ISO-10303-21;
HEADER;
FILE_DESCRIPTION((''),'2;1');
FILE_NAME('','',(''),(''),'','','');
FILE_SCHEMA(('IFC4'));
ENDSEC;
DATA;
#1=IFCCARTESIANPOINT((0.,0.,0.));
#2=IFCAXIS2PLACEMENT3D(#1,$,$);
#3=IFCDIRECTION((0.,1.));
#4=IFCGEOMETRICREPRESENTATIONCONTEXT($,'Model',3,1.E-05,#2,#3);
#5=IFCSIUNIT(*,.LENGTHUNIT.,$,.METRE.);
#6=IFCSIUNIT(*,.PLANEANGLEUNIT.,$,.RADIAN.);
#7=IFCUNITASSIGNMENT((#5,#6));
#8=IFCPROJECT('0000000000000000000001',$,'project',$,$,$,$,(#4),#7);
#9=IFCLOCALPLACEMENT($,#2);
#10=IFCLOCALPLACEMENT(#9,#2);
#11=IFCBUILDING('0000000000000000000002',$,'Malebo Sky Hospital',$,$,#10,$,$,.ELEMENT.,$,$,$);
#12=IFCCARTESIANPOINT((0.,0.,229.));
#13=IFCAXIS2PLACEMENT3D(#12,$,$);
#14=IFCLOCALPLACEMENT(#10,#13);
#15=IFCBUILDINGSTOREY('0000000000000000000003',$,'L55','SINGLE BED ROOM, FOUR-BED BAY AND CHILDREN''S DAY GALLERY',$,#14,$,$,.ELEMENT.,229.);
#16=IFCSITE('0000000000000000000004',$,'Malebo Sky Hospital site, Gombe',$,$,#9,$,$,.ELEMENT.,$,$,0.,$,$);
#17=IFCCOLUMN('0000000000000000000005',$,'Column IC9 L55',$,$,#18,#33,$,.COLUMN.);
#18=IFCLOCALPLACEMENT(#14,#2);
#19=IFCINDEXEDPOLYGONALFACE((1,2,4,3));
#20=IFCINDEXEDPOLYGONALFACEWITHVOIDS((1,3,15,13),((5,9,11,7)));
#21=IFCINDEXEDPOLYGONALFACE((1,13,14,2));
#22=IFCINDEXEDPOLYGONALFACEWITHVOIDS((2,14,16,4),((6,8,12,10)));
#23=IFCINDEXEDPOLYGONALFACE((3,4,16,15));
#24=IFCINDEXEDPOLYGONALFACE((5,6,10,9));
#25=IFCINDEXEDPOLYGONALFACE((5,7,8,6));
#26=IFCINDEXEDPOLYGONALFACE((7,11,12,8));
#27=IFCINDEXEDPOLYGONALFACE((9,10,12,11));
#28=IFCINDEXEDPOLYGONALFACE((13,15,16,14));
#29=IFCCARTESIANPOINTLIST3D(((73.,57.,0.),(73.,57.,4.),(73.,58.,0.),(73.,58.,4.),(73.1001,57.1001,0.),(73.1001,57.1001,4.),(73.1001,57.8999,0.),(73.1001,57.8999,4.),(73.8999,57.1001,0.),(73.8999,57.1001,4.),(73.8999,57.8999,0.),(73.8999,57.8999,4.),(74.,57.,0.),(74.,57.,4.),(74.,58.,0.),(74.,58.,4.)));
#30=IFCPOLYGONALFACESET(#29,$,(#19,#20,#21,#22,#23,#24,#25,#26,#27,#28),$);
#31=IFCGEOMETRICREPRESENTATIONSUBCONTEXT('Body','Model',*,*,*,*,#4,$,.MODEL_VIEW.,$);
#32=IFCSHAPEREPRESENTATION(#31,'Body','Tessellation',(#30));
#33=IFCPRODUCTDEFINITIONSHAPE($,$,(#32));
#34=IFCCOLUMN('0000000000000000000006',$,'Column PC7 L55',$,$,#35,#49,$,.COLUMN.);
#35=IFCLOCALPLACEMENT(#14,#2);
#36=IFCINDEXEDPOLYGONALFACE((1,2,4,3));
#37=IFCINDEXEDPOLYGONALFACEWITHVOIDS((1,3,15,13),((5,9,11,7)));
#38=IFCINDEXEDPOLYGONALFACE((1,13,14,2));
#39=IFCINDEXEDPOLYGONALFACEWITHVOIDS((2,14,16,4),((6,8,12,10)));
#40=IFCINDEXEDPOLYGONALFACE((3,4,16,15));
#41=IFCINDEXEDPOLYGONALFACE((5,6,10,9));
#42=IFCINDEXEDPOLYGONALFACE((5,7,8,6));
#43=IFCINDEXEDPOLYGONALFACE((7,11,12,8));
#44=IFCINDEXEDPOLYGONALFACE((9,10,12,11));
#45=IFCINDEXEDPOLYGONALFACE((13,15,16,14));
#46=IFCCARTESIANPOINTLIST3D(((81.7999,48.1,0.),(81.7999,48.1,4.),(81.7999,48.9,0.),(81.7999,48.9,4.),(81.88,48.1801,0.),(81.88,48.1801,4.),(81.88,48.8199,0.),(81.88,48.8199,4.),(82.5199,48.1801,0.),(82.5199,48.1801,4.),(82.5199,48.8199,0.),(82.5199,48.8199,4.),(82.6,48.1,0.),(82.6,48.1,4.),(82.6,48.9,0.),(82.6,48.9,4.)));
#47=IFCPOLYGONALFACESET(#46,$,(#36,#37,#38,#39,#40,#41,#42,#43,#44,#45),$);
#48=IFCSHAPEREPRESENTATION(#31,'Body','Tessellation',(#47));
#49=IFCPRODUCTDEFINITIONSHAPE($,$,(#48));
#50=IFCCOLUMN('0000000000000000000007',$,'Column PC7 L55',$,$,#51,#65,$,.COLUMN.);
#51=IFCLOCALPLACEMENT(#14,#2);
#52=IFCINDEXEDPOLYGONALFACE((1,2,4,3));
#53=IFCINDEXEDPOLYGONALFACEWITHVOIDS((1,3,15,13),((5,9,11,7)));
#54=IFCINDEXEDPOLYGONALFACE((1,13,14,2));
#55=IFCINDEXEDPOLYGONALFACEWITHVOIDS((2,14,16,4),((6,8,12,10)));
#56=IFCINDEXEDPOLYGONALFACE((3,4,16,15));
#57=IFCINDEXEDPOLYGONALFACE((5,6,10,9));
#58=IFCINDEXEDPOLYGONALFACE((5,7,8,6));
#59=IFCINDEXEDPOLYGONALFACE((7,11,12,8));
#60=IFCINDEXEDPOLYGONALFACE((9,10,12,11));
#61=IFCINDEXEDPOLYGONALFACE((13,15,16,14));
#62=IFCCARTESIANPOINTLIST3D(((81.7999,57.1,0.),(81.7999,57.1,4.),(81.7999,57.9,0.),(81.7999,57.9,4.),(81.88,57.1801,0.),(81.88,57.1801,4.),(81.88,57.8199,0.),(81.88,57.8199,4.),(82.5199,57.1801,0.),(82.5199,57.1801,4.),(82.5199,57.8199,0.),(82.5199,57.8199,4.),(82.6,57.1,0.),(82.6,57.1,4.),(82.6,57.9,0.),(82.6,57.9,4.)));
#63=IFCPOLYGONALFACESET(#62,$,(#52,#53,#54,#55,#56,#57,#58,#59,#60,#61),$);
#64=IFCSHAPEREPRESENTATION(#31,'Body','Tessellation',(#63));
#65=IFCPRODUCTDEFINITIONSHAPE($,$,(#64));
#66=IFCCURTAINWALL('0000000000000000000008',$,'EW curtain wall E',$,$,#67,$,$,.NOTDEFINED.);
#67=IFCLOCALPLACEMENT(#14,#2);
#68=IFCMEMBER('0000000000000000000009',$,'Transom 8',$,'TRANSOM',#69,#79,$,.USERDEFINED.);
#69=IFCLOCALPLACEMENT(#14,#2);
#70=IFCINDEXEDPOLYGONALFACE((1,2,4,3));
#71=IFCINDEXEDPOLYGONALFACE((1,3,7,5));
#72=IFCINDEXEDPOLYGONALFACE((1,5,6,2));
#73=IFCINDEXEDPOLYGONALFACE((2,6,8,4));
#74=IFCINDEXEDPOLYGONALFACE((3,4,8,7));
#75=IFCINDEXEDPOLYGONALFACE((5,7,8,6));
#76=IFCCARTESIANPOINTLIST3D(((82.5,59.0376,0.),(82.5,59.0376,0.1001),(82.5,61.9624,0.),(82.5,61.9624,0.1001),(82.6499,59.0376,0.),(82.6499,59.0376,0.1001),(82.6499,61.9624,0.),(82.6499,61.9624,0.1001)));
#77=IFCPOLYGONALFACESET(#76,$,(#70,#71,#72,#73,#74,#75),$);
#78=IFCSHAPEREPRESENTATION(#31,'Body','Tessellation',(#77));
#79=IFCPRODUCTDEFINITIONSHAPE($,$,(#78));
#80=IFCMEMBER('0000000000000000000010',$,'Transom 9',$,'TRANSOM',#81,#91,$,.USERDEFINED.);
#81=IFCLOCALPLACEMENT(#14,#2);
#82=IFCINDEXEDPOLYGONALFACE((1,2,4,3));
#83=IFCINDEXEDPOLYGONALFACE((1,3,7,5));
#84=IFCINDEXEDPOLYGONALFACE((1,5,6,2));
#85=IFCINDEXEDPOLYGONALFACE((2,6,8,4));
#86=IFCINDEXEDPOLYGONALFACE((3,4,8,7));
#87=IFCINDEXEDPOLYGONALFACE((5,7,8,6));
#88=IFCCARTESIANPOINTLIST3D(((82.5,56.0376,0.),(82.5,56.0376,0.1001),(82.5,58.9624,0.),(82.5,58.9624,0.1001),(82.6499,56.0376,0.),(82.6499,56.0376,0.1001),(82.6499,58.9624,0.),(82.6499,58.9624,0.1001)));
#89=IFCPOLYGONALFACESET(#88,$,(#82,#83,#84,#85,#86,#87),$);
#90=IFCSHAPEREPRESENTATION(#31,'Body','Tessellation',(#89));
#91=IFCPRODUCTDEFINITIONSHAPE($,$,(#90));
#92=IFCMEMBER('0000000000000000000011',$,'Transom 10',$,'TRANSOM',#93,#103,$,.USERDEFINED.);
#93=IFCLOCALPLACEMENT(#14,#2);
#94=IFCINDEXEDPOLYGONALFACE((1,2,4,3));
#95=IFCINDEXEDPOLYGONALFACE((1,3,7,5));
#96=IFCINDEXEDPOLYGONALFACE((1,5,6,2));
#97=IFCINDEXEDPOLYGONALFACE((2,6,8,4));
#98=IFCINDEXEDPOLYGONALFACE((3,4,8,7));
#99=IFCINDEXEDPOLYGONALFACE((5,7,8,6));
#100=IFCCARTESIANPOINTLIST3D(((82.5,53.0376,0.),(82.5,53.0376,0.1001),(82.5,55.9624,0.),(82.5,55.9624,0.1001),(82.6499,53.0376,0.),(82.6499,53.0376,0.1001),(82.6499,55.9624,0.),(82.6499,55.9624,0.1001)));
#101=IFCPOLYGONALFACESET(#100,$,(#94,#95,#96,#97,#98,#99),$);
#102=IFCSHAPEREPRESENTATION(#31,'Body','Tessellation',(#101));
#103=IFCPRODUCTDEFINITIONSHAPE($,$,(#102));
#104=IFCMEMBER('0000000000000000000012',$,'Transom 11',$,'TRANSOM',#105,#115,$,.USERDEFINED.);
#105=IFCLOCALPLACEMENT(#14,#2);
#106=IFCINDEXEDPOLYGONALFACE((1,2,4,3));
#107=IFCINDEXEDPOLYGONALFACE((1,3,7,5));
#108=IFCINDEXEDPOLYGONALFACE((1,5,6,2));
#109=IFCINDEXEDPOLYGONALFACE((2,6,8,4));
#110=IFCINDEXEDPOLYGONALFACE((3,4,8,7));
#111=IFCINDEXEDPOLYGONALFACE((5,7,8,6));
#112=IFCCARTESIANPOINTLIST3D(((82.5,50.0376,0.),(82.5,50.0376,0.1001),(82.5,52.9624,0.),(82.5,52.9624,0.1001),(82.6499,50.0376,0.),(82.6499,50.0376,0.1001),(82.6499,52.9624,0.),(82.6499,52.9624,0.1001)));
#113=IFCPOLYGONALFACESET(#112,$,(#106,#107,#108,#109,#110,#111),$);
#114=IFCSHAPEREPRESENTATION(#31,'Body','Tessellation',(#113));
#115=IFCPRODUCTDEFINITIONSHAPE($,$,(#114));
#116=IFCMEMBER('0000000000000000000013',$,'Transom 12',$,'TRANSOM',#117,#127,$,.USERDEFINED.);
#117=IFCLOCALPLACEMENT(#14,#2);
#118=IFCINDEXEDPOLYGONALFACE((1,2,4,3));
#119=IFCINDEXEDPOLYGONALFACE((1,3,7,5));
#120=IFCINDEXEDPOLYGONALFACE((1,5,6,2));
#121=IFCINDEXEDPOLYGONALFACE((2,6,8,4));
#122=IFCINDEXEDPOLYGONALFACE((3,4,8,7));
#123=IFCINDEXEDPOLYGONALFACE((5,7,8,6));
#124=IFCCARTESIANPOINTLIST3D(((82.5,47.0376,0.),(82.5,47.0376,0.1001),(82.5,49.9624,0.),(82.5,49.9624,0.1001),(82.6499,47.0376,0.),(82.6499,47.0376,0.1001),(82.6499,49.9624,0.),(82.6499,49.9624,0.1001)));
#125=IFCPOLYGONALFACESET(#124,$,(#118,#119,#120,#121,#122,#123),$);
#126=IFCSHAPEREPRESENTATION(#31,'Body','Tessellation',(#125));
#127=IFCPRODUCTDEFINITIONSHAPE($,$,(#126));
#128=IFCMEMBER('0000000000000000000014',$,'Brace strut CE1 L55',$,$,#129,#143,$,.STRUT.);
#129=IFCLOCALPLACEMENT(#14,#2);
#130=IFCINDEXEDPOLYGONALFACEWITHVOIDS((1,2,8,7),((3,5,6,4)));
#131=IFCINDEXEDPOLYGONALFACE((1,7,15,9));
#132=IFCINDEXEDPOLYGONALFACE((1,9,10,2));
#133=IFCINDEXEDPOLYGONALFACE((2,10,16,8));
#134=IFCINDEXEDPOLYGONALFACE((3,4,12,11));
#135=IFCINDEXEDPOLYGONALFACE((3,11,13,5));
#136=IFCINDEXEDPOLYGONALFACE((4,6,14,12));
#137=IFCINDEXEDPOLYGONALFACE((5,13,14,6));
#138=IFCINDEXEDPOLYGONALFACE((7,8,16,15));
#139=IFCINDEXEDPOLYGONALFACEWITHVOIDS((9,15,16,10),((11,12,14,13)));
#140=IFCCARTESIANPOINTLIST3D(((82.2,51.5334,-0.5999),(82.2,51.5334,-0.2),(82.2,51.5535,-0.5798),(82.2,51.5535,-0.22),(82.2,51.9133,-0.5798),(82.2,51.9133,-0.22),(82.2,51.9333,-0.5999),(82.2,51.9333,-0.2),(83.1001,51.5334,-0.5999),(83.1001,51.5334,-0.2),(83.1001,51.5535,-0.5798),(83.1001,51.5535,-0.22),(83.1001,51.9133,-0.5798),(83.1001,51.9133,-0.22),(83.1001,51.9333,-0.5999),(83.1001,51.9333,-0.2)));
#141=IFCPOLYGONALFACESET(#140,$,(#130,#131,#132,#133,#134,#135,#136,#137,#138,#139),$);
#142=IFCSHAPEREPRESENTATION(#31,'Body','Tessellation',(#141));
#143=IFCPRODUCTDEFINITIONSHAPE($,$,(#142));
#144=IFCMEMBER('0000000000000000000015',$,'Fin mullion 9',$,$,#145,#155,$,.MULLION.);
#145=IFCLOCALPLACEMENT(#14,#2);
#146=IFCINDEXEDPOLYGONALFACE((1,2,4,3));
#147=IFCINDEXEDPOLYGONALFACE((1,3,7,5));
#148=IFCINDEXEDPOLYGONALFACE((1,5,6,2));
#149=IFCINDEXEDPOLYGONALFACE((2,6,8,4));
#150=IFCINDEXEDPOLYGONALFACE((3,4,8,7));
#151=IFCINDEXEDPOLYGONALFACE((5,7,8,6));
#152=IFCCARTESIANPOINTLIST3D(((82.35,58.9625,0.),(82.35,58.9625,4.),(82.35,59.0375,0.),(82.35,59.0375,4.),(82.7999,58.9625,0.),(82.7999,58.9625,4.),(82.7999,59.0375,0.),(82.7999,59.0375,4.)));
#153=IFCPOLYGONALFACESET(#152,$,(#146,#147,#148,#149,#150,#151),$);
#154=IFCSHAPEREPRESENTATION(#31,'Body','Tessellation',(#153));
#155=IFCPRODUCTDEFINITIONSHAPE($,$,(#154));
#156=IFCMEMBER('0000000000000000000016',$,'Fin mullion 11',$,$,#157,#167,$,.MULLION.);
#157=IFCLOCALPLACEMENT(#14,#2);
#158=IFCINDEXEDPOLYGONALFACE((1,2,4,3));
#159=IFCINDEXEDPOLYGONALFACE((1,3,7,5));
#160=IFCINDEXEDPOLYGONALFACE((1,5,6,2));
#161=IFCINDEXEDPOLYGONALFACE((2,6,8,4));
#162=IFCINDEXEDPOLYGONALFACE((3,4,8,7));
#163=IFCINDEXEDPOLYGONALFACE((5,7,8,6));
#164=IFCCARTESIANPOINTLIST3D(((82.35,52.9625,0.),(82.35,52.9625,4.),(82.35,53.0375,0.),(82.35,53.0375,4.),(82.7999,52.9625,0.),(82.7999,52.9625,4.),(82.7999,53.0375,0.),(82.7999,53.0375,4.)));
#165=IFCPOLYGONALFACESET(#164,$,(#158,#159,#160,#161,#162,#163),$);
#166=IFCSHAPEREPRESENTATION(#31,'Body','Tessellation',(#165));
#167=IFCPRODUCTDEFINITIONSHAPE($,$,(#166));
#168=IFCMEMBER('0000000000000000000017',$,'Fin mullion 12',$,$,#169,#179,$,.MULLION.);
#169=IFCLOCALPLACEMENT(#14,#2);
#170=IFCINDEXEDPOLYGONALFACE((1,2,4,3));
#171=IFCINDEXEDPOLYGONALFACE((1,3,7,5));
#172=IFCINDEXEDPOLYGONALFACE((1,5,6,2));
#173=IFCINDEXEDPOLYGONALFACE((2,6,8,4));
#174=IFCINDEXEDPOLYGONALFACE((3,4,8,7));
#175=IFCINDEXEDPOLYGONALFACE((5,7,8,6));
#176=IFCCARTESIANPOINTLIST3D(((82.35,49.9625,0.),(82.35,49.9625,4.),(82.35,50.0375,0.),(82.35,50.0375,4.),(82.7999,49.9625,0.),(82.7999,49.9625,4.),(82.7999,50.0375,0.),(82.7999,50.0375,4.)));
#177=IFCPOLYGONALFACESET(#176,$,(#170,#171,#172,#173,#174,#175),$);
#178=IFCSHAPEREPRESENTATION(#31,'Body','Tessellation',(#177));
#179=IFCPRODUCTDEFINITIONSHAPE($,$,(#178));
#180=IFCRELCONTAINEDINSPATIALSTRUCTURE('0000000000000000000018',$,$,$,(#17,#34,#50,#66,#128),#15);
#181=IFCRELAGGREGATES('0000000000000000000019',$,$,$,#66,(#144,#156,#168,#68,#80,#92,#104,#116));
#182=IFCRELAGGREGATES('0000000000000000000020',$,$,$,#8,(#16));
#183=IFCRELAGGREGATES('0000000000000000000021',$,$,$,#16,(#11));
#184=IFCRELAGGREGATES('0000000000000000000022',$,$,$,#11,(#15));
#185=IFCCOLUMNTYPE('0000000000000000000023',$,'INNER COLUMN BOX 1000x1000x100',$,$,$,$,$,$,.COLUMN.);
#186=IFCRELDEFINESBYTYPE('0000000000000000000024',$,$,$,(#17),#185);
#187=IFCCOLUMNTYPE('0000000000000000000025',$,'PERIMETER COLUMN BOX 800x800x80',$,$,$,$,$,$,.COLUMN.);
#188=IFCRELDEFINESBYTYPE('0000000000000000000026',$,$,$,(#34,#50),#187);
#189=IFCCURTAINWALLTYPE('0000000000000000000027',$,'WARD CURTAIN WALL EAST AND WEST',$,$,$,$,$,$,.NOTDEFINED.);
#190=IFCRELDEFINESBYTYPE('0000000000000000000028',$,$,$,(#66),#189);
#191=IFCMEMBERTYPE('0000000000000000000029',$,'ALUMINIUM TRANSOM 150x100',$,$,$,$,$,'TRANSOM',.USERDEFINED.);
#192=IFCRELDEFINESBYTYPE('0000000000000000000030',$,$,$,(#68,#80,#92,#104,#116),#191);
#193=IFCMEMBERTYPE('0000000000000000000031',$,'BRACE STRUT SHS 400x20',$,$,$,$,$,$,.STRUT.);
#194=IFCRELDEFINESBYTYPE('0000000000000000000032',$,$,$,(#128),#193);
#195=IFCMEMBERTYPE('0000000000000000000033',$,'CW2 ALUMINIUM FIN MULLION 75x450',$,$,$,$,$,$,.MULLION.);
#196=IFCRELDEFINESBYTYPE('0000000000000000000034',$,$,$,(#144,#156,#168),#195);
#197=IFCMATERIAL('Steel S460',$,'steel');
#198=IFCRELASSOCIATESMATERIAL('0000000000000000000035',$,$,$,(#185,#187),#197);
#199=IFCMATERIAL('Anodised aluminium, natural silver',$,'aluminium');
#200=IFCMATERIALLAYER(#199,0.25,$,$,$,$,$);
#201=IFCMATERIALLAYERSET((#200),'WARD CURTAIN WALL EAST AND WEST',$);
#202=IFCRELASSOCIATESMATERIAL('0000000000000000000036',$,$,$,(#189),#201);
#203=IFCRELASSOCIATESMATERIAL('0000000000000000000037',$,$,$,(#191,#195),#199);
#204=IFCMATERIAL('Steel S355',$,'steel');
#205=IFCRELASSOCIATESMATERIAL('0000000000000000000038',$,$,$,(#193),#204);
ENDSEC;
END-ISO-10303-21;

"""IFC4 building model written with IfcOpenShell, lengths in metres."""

from ifc_helpers import new_model, si_unit, direction, frame, origin, origin_2d, place, context, subcontext, project, spatial, rectangle, hollow_rectangle, extrude, material, layer, layer_set, material_profile, profile_set, type_object, element, aggregate, save


model = new_model("IFC4")

# Units and contexts
model_context = context("Model", 3, precision=1e-05, world=origin(), true_north=direction((0.0, 1.0)))
body_context = subcontext(model_context, "Body", "Model", "MODEL_VIEW")
ifc_project = project(units=[si_unit("LENGTHUNIT", "METRE"), si_unit("PLANEANGLEUNIT", "RADIAN")], contexts=[model_context])

# Site, building, storey
site_placement = place(None, origin())
site = spatial("IfcSite", under=ifc_project, at=site_placement, Name="Malebo Sky Hospital site, Gombe", CompositionType="ELEMENT", RefElevation=0.0)
building_placement = place(site_placement, origin())
building = spatial("IfcBuilding", under=site, at=building_placement, Name="Malebo Sky Hospital", CompositionType="ELEMENT")
storey_placement = place(building_placement, frame((0.0, 0.0, 229.0)))
storey = spatial("IfcBuildingStorey", under=building, at=storey_placement, Name="L55", Description="SINGLE BED ROOM, FOUR-BED BAY AND CHILDREN'S DAY GALLERY", CompositionType="ELEMENT", Elevation=229.0)

# Columns
ifc_material_1 = material(Name="Steel S460", Category="steel")
ifc_material_profile_1 = material_profile(ifc_material_1, hollow_rectangle(XDim=1.0, YDim=1.0, WallThickness=0.1001, at=origin_2d()), Name="BOX 1000x1000x100")
ifc_profile_set_1 = profile_set([ifc_material_profile_1], Name="Steel S460")
column_type_1 = type_object("IfcColumnType", Name="INNER COLUMN BOX 1000x1000x100", PredefinedType="COLUMN", material=ifc_profile_set_1)
column_placement = place(storey_placement, frame((73.5, 57.5, 0.0), z_axis=(0.0, 0.0, 1.0), x_axis=(1.0, 0.0, 0.0)))
element("IfcColumn", 1, at=column_placement, inside=storey, type_object=column_type_1, Name="Column IC9 L55", PredefinedType="COLUMN", context=body_context, shape_type="SweptSolid", body=[
    extrude(hollow_rectangle(XDim=1.0, YDim=1.0, WallThickness=0.1001, at=origin_2d()), origin(), (0.0, 0.0, 1.0), 4.0),
])
ifc_material_profile_2 = material_profile(ifc_material_1, hollow_rectangle(XDim=0.8, YDim=0.8, WallThickness=0.0801, at=origin_2d()), Name="BOX 800x800x80")
ifc_profile_set_2 = profile_set([ifc_material_profile_2], Name="Steel S460")
column_type_2 = type_object("IfcColumnType", Name="PERIMETER COLUMN BOX 800x800x80", PredefinedType="COLUMN", material=ifc_profile_set_2)
for number, where, z_axis, x_axis, name in (
    (2, (82.2, 48.5, 0.0), (0.0, 0.0, 1.0), (1.0, 0.0, 0.0), "Column PC7 L55"),
    (3, (82.2, 57.5, 0.0), (0.0, 0.0, 1.0), (1.0, 0.0, 0.0), "Column PC7 L55"),
):
    element("IfcColumn", number, at=place(storey_placement, frame(where, z_axis=z_axis, x_axis=x_axis)), inside=storey, type_object=column_type_2, Name=name, PredefinedType="COLUMN", context=body_context, shape_type="SweptSolid", body=[
        extrude(hollow_rectangle(XDim=0.8, YDim=0.8, WallThickness=0.0801, at=origin_2d()), origin(), (0.0, 0.0, 1.0), 4.0),
    ])

# Curtain wall, members
ifc_material_2 = material(Name="Anodised aluminium, natural silver", Category="aluminium")
ifc_layer_1 = layer(ifc_material_2, 0.25)
ifc_layer_set_1 = layer_set([ifc_layer_1], Name="WARD CURTAIN WALL EAST AND WEST")
curtain_wall_type = type_object("IfcCurtainWallType", Name="WARD CURTAIN WALL EAST AND WEST", PredefinedType="NOTDEFINED", material=ifc_layer_set_1)
curtain_wall_placement = place(storey_placement, origin())
curtain_wall = element("IfcCurtainWall", 4, at=curtain_wall_placement, inside=storey, type_object=curtain_wall_type, Name="EW curtain wall E", PredefinedType="NOTDEFINED")
ifc_material_profile_3 = material_profile(ifc_material_2, rectangle(XDim=0.1499, YDim=0.1001, at=origin_2d()), Name="ALUMINIUM TRANSOM 150x100")
ifc_profile_set_3 = profile_set([ifc_material_profile_3], Name="Anodised aluminium, natural silver")
member_type_1 = type_object("IfcMemberType", Name="ALUMINIUM TRANSOM 150x100", ElementType="TRANSOM", PredefinedType="USERDEFINED", material=ifc_profile_set_3)
member_1_placement = place(storey_placement, frame((82.575, 61.9624, 0.05), z_axis=(0.0, -1.0, 0.0), x_axis=(1.0, 0.0, 0.0)))
member_1 = element("IfcMember", 5, at=member_1_placement, type_object=member_type_1, Name="Transom 8", ObjectType="TRANSOM", PredefinedType="USERDEFINED", context=body_context, shape_type="SweptSolid", body=[
    extrude(rectangle(XDim=0.1499, YDim=0.1001, at=origin_2d()), origin(), (0.0, 0.0, 1.0), 2.9248),
])
member_2_placement = place(storey_placement, frame((82.575, 58.9624, 0.05), z_axis=(0.0, -1.0, 0.0), x_axis=(1.0, 0.0, 0.0)))
member_2 = element("IfcMember", 6, at=member_2_placement, type_object=member_type_1, Name="Transom 9", ObjectType="TRANSOM", PredefinedType="USERDEFINED", context=body_context, shape_type="SweptSolid", body=[
    extrude(rectangle(XDim=0.1499, YDim=0.1001, at=origin_2d()), origin(), (0.0, 0.0, 1.0), 2.9248),
])
member_3_placement = place(storey_placement, frame((82.575, 55.9624, 0.05), z_axis=(0.0, -1.0, 0.0), x_axis=(1.0, 0.0, 0.0)))
member_3 = element("IfcMember", 7, at=member_3_placement, type_object=member_type_1, Name="Transom 10", ObjectType="TRANSOM", PredefinedType="USERDEFINED", context=body_context, shape_type="SweptSolid", body=[
    extrude(rectangle(XDim=0.1499, YDim=0.1001, at=origin_2d()), origin(), (0.0, 0.0, 1.0), 2.9248),
])
member_4_placement = place(storey_placement, frame((82.575, 52.9624, 0.05), z_axis=(0.0, -1.0, 0.0), x_axis=(1.0, 0.0, 0.0)))
member_4 = element("IfcMember", 8, at=member_4_placement, type_object=member_type_1, Name="Transom 11", ObjectType="TRANSOM", PredefinedType="USERDEFINED", context=body_context, shape_type="SweptSolid", body=[
    extrude(rectangle(XDim=0.1499, YDim=0.1001, at=origin_2d()), origin(), (0.0, 0.0, 1.0), 2.9248),
])
member_5_placement = place(storey_placement, frame((82.575, 49.9624, 0.05), z_axis=(0.0, -1.0, 0.0), x_axis=(1.0, 0.0, 0.0)))
member_5 = element("IfcMember", 9, at=member_5_placement, type_object=member_type_1, Name="Transom 12", ObjectType="TRANSOM", PredefinedType="USERDEFINED", context=body_context, shape_type="SweptSolid", body=[
    extrude(rectangle(XDim=0.1499, YDim=0.1001, at=origin_2d()), origin(), (0.0, 0.0, 1.0), 2.9248),
])

# Members
ifc_material_3 = material(Name="Steel S355", Category="steel")
ifc_material_profile_4 = material_profile(ifc_material_3, hollow_rectangle(XDim=0.3999, YDim=0.3999, WallThickness=0.02, at=origin_2d()), Name="SHS 400x20")
ifc_profile_set_4 = profile_set([ifc_material_profile_4], Name="Steel S355")
member_type_2 = type_object("IfcMemberType", Name="BRACE STRUT SHS 400x20", PredefinedType="STRUT", material=ifc_profile_set_4)
member_6_placement = place(storey_placement, frame((83.1001, 51.7334, -0.3999), z_axis=(-1.0, 0.0, 0.0), x_axis=(0.0, -1.0, 0.0)))
element("IfcMember", 10, at=member_6_placement, inside=storey, type_object=member_type_2, Name="Brace strut CE1 L55", PredefinedType="STRUT", context=body_context, shape_type="SweptSolid", body=[
    extrude(hollow_rectangle(XDim=0.3999, YDim=0.3999, WallThickness=0.02, at=origin_2d()), origin(), (0.0, 0.0, 1.0), 0.9001),
])
ifc_material_profile_5 = material_profile(ifc_material_2, rectangle(XDim=0.075, YDim=0.45, at=origin_2d()), Name="CW2 ALUMINIUM FIN MULLION 75x450")
ifc_profile_set_5 = profile_set([ifc_material_profile_5], Name="Anodised aluminium, natural silver")
member_type_3 = type_object("IfcMemberType", Name="CW2 ALUMINIUM FIN MULLION 75x450", PredefinedType="MULLION", material=ifc_profile_set_5)
member_7_placement = place(storey_placement, frame((82.575, 59.0, 0.0), z_axis=(0.0, 0.0, 1.0), x_axis=(0.0, -1.0, 0.0)))
member_7 = element("IfcMember", 11, at=member_7_placement, type_object=member_type_3, Name="Fin mullion 9", PredefinedType="MULLION", context=body_context, shape_type="SweptSolid", body=[
    extrude(rectangle(XDim=0.075, YDim=0.45, at=origin_2d()), origin(), (0.0, 0.0, 1.0), 4.0),
])
member_8_placement = place(storey_placement, frame((82.575, 53.0, 0.0), z_axis=(0.0, 0.0, 1.0), x_axis=(0.0, -1.0, 0.0)))
member_8 = element("IfcMember", 12, at=member_8_placement, type_object=member_type_3, Name="Fin mullion 11", PredefinedType="MULLION", context=body_context, shape_type="SweptSolid", body=[
    extrude(rectangle(XDim=0.075, YDim=0.45, at=origin_2d()), origin(), (0.0, 0.0, 1.0), 4.0),
])
member_9_placement = place(storey_placement, frame((82.575, 50.0, 0.0), z_axis=(0.0, 0.0, 1.0), x_axis=(0.0, -1.0, 0.0)))
member_9 = element("IfcMember", 13, at=member_9_placement, type_object=member_type_3, Name="Fin mullion 12", PredefinedType="MULLION", context=body_context, shape_type="SweptSolid", body=[
    extrude(rectangle(XDim=0.075, YDim=0.45, at=origin_2d()), origin(), (0.0, 0.0, 1.0), 4.0),
])

aggregate(curtain_wall, [member_7, member_8, member_9, member_1, member_2, member_3, member_4, member_5])

save(model, "model.ifc")
